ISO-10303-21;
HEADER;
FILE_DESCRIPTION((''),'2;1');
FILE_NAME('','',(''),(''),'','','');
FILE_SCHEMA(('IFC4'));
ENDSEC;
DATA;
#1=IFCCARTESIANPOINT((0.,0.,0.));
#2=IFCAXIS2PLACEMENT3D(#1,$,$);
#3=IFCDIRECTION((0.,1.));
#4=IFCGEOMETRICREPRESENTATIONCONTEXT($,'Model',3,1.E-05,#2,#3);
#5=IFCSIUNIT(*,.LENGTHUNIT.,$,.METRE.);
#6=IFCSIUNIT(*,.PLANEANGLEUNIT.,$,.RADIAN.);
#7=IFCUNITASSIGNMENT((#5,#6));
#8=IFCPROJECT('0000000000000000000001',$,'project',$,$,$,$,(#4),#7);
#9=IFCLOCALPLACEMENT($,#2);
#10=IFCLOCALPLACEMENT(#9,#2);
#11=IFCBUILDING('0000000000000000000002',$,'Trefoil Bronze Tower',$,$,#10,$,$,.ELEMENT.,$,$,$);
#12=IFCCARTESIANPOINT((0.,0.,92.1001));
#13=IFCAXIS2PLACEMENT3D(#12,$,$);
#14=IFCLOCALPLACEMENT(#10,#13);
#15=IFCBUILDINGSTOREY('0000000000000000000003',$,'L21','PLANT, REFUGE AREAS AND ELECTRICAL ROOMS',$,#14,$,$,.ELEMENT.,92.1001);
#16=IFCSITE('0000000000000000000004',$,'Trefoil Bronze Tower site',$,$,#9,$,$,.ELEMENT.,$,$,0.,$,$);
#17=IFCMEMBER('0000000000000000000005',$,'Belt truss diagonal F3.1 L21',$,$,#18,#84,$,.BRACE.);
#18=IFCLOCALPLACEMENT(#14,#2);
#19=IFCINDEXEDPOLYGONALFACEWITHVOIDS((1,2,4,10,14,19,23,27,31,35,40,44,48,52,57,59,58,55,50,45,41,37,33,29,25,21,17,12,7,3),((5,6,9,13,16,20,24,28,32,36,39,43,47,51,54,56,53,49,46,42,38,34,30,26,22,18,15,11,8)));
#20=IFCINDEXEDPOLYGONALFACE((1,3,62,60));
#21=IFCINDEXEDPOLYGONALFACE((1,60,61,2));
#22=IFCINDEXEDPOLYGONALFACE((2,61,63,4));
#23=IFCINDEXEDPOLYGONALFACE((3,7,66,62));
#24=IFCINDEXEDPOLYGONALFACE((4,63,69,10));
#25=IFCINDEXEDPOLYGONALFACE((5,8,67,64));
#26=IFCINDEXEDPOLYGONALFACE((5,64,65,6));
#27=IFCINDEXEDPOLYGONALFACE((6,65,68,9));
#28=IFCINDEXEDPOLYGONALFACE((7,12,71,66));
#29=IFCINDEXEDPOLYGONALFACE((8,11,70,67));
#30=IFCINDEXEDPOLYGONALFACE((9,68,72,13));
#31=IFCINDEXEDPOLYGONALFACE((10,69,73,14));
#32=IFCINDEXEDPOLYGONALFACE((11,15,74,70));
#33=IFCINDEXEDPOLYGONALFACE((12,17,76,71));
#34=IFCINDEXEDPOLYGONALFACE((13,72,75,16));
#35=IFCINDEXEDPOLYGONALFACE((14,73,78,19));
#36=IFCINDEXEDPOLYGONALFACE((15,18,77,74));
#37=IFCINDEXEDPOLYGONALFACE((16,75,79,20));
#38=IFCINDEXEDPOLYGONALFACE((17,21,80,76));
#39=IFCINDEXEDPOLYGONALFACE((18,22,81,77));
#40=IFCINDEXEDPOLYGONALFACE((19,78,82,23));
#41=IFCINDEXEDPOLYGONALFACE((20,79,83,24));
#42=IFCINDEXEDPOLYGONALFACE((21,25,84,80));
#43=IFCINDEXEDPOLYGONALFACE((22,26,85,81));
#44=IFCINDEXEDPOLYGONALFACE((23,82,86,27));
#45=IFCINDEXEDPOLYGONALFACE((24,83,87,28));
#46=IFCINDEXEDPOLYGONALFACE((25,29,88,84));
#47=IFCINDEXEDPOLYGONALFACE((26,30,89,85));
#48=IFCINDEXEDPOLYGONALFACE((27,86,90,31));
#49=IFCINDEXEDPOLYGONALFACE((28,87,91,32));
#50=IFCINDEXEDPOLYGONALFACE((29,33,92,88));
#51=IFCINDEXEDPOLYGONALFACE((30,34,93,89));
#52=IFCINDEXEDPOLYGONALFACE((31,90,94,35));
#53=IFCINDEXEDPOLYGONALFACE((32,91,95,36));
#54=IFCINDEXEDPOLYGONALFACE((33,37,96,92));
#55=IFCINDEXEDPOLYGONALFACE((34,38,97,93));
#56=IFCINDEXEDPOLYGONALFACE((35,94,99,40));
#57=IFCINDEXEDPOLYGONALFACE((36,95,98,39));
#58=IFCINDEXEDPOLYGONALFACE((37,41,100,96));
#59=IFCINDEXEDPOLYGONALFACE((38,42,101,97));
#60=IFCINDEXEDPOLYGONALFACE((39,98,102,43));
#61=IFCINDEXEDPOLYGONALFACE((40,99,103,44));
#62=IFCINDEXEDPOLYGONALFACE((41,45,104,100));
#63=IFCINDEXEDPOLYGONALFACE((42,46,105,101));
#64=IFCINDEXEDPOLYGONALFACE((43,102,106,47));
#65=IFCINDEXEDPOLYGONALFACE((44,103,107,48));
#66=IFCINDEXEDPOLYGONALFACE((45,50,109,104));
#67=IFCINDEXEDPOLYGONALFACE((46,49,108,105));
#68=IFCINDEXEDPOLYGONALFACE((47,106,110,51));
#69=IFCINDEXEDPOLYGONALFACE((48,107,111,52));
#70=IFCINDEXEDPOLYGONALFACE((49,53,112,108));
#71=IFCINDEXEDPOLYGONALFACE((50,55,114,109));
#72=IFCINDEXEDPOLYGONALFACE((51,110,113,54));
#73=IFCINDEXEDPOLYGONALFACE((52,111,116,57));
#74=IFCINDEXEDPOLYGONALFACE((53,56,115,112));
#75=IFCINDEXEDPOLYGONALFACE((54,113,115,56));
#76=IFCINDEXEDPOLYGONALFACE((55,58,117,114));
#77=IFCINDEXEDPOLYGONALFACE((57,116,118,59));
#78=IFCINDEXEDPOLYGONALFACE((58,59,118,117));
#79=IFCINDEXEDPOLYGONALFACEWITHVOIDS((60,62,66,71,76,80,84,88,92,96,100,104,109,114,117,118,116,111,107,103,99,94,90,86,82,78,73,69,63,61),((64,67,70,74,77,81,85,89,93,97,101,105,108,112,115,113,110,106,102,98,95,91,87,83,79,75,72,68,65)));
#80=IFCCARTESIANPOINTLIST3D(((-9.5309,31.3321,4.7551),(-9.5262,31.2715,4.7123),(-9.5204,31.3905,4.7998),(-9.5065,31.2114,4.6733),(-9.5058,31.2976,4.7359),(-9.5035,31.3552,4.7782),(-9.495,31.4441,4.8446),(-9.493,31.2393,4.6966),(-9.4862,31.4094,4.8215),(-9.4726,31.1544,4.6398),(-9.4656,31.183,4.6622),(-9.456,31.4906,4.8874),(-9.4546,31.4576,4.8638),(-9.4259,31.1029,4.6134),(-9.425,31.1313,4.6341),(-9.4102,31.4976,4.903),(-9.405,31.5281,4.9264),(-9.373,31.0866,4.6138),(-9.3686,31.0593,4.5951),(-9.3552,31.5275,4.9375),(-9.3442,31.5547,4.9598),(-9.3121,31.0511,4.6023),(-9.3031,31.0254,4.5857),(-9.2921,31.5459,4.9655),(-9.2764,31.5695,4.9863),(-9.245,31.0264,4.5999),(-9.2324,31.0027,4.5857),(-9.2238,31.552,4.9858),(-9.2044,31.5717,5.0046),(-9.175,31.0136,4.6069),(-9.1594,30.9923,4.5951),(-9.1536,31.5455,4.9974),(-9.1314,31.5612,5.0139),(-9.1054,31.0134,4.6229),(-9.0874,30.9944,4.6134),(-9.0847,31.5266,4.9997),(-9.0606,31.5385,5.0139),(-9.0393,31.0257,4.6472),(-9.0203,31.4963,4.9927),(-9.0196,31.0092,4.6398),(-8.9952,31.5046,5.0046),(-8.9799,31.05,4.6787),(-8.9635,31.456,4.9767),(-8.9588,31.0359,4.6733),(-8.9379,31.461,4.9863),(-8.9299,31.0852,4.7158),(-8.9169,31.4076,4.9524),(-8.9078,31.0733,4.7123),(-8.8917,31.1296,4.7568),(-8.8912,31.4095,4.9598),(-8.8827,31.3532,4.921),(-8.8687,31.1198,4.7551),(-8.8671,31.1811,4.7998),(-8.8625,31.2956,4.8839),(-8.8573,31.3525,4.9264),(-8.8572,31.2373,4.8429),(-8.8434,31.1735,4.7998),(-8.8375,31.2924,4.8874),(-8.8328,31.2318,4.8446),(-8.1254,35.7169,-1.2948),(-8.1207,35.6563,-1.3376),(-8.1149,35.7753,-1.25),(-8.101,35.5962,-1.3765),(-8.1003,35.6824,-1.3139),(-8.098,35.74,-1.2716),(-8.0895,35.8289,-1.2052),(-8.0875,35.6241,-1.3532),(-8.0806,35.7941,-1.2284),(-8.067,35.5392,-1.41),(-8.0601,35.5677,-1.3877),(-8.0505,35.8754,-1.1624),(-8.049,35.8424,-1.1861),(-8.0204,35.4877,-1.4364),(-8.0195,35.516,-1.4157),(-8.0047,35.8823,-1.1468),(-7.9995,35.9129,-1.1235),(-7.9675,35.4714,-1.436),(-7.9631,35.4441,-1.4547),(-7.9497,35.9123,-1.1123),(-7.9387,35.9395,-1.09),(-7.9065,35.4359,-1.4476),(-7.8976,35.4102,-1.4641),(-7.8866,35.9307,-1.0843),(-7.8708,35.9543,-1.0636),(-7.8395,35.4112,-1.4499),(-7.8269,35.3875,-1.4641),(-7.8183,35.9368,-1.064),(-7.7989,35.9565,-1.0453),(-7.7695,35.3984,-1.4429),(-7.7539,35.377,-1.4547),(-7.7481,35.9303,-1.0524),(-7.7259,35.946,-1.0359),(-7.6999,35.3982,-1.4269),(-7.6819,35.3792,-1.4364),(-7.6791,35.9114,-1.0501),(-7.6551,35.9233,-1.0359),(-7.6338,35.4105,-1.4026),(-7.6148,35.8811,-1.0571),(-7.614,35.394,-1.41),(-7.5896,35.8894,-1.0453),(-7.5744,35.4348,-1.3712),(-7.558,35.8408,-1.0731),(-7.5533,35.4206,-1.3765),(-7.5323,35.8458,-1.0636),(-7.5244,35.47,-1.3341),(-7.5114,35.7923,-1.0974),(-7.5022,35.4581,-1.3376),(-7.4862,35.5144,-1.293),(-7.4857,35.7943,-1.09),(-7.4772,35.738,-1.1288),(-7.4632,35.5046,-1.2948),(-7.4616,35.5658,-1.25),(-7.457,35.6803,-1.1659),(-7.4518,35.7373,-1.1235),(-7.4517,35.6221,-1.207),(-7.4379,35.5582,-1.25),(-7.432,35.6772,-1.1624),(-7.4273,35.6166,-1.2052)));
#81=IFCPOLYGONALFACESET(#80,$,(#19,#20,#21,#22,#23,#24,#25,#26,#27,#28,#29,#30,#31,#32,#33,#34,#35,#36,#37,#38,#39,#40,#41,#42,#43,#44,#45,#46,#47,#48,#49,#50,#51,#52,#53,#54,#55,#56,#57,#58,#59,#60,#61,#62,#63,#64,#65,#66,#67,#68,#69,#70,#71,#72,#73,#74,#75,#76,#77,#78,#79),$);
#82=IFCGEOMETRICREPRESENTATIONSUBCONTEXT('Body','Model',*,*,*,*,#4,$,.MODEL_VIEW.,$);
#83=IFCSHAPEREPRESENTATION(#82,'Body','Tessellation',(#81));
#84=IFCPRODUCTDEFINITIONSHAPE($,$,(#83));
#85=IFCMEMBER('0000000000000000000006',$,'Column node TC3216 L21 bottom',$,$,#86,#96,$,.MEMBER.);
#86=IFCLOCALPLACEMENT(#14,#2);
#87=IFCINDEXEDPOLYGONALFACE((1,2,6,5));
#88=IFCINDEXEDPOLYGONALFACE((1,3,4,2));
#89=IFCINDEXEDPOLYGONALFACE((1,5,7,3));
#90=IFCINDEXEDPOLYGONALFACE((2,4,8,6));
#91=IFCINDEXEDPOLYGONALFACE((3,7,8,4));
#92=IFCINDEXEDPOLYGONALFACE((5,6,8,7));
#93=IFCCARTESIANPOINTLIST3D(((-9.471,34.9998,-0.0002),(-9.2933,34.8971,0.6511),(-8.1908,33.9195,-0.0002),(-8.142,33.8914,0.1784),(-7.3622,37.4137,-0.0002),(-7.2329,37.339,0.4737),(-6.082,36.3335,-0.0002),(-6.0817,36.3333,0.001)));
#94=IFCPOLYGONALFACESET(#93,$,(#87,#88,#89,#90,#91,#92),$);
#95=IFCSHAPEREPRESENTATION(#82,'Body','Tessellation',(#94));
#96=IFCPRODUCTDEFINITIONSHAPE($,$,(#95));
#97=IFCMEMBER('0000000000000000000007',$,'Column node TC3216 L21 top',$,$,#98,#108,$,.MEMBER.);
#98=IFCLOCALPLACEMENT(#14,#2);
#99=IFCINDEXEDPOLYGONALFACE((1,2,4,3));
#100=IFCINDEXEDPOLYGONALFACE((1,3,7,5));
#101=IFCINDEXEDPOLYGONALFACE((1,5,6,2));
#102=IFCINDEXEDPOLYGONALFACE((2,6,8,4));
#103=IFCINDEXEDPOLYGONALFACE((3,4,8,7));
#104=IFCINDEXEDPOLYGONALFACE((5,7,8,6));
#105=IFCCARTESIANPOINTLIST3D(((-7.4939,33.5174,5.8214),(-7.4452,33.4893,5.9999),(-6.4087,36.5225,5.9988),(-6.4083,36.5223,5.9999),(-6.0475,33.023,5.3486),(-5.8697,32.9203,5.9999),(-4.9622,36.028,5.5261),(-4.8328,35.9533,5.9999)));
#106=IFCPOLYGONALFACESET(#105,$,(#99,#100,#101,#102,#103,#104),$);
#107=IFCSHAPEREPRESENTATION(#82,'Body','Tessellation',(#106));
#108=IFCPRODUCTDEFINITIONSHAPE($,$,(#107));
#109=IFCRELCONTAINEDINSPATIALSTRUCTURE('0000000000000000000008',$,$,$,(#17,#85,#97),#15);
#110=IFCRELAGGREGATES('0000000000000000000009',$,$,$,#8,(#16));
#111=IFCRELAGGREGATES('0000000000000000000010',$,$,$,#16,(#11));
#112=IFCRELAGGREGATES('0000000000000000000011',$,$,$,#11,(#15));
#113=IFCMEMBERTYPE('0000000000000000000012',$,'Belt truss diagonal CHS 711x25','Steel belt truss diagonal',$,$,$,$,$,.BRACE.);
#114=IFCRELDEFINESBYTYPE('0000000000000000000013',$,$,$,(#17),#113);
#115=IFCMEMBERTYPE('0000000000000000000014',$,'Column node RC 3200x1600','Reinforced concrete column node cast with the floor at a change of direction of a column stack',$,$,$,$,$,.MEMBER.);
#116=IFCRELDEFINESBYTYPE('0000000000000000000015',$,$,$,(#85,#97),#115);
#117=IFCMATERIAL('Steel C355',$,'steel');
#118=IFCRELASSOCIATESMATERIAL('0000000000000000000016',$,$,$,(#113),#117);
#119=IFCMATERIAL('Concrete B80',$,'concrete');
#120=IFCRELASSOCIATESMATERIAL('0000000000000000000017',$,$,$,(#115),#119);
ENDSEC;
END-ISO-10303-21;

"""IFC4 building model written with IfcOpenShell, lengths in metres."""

from ifc_helpers import new_model, si_unit, direction, frame, origin, origin_2d, place, context, subcontext, project, spatial, rectangle, hollow_circle, extrude, clip, halfspace, material, material_profile, profile_set, type_object, element, save


model = new_model("IFC4")

# Units and contexts
model_context = context("Model", 3, precision=1e-05, world=origin(), true_north=direction((0.0, 1.0)))
body_context = subcontext(model_context, "Body", "Model", "MODEL_VIEW")
ifc_project = project(units=[si_unit("LENGTHUNIT", "METRE"), si_unit("PLANEANGLEUNIT", "RADIAN")], contexts=[model_context])

# Site, building, storey
site_placement = place(None, origin())
site = spatial("IfcSite", under=ifc_project, at=site_placement, Name="Trefoil Bronze Tower site", CompositionType="ELEMENT", RefElevation=0.0)
building_placement = place(site_placement, origin())
building = spatial("IfcBuilding", under=site, at=building_placement, Name="Trefoil Bronze Tower", CompositionType="ELEMENT")
storey_placement = place(building_placement, frame((0.0, 0.0, 92.1001)))
storey = spatial("IfcBuildingStorey", under=building, at=storey_placement, Name="L21", Description="PLANT, REFUGE AREAS AND ELECTRICAL ROOMS", CompositionType="ELEMENT", Elevation=92.1001)

# Members
ifc_material_1 = material(Name="Steel C355", Category="steel")
ifc_material_profile_1 = material_profile(ifc_material_1, hollow_circle(Radius=0.3555, WallThickness=0.0249, at=origin_2d()), Name="CHS 711x25")
ifc_profile_set_1 = profile_set([ifc_material_profile_1], Name="Steel C355")
member_type_1 = type_object("IfcMemberType", Name="Belt truss diagonal CHS 711x25", Description="Steel belt truss diagonal", PredefinedType="BRACE", material=ifc_profile_set_1)
member_1_placement = place(storey_placement, frame((-7.7764, 35.6667, -1.25), z_axis=(-0.18487, -0.576734, 0.795739), x_axis=(0.952273, -0.305247, 0.0)))
element("IfcMember", 1, at=member_1_placement, inside=storey, type_object=member_type_1, Name="Belt truss diagonal F3.1 L21", PredefinedType="BRACE", context=body_context, shape_type="SweptSolid", body=[
    extrude(hollow_circle(Radius=0.3555, WallThickness=0.0249, at=origin_2d()), origin(), (0.0, 0.0, 1.0), 7.6028),
])
ifc_material_2 = material(Name="Concrete B80", Category="concrete")
ifc_material_profile_2 = material_profile(ifc_material_2, rectangle(XDim=3.2, YDim=1.6001, at=origin_2d()), Name="RC 3200x1600")
ifc_profile_set_2 = profile_set([ifc_material_profile_2], Name="Concrete B80")
member_type_2 = type_object("IfcMemberType", Name="Column node RC 3200x1600", Description="Reinforced concrete column node cast with the floor at a change of direction of a column stack", PredefinedType="MEMBER", material=ifc_profile_set_2)
member_2_placement = place(storey_placement, frame((-7.8655, 35.718, -0.3262), z_axis=(0.260309, -0.150329, 0.953751), x_axis=(-0.643874, -0.76312, 0.055451)))
element("IfcMember", 2, at=member_2_placement, inside=storey, type_object=member_type_2, Name="Column node TC3216 L21 bottom", PredefinedType="MEMBER", context=body_context, shape_type="Clipping", body=[
    clip(extrude(rectangle(XDim=3.2, YDim=1.6001, at=origin_2d()), origin(), (0.0, 0.0, 1.0), 0.6838), halfspace(frame((0.0, 0.0, 0.3418), z_axis=(0.055451, -0.29544, 0.953751), x_axis=(0.0, 0.955221, 0.295895)), True)),
])
member_3_placement = place(storey_placement, frame((-6.05, 34.6699, 6.3259), z_axis=(-0.260309, 0.150329, -0.953751), x_axis=(0.33916, 0.939093, 0.055451)))
element("IfcMember", 3, at=member_3_placement, inside=storey, type_object=member_type_2, Name="Column node TC3216 L21 top", PredefinedType="MEMBER", context=body_context, shape_type="Clipping", body=[
    clip(extrude(rectangle(XDim=3.2, YDim=1.6001, at=origin_2d()), origin(), (0.0, 0.0, 1.0), 0.6838), halfspace(frame((0.0, 0.0, 0.3418), z_axis=(-0.055451, 0.29544, 0.953751), x_axis=(0.0, 0.955221, -0.295895)), True)),
])

save(model, "model.ifc")
